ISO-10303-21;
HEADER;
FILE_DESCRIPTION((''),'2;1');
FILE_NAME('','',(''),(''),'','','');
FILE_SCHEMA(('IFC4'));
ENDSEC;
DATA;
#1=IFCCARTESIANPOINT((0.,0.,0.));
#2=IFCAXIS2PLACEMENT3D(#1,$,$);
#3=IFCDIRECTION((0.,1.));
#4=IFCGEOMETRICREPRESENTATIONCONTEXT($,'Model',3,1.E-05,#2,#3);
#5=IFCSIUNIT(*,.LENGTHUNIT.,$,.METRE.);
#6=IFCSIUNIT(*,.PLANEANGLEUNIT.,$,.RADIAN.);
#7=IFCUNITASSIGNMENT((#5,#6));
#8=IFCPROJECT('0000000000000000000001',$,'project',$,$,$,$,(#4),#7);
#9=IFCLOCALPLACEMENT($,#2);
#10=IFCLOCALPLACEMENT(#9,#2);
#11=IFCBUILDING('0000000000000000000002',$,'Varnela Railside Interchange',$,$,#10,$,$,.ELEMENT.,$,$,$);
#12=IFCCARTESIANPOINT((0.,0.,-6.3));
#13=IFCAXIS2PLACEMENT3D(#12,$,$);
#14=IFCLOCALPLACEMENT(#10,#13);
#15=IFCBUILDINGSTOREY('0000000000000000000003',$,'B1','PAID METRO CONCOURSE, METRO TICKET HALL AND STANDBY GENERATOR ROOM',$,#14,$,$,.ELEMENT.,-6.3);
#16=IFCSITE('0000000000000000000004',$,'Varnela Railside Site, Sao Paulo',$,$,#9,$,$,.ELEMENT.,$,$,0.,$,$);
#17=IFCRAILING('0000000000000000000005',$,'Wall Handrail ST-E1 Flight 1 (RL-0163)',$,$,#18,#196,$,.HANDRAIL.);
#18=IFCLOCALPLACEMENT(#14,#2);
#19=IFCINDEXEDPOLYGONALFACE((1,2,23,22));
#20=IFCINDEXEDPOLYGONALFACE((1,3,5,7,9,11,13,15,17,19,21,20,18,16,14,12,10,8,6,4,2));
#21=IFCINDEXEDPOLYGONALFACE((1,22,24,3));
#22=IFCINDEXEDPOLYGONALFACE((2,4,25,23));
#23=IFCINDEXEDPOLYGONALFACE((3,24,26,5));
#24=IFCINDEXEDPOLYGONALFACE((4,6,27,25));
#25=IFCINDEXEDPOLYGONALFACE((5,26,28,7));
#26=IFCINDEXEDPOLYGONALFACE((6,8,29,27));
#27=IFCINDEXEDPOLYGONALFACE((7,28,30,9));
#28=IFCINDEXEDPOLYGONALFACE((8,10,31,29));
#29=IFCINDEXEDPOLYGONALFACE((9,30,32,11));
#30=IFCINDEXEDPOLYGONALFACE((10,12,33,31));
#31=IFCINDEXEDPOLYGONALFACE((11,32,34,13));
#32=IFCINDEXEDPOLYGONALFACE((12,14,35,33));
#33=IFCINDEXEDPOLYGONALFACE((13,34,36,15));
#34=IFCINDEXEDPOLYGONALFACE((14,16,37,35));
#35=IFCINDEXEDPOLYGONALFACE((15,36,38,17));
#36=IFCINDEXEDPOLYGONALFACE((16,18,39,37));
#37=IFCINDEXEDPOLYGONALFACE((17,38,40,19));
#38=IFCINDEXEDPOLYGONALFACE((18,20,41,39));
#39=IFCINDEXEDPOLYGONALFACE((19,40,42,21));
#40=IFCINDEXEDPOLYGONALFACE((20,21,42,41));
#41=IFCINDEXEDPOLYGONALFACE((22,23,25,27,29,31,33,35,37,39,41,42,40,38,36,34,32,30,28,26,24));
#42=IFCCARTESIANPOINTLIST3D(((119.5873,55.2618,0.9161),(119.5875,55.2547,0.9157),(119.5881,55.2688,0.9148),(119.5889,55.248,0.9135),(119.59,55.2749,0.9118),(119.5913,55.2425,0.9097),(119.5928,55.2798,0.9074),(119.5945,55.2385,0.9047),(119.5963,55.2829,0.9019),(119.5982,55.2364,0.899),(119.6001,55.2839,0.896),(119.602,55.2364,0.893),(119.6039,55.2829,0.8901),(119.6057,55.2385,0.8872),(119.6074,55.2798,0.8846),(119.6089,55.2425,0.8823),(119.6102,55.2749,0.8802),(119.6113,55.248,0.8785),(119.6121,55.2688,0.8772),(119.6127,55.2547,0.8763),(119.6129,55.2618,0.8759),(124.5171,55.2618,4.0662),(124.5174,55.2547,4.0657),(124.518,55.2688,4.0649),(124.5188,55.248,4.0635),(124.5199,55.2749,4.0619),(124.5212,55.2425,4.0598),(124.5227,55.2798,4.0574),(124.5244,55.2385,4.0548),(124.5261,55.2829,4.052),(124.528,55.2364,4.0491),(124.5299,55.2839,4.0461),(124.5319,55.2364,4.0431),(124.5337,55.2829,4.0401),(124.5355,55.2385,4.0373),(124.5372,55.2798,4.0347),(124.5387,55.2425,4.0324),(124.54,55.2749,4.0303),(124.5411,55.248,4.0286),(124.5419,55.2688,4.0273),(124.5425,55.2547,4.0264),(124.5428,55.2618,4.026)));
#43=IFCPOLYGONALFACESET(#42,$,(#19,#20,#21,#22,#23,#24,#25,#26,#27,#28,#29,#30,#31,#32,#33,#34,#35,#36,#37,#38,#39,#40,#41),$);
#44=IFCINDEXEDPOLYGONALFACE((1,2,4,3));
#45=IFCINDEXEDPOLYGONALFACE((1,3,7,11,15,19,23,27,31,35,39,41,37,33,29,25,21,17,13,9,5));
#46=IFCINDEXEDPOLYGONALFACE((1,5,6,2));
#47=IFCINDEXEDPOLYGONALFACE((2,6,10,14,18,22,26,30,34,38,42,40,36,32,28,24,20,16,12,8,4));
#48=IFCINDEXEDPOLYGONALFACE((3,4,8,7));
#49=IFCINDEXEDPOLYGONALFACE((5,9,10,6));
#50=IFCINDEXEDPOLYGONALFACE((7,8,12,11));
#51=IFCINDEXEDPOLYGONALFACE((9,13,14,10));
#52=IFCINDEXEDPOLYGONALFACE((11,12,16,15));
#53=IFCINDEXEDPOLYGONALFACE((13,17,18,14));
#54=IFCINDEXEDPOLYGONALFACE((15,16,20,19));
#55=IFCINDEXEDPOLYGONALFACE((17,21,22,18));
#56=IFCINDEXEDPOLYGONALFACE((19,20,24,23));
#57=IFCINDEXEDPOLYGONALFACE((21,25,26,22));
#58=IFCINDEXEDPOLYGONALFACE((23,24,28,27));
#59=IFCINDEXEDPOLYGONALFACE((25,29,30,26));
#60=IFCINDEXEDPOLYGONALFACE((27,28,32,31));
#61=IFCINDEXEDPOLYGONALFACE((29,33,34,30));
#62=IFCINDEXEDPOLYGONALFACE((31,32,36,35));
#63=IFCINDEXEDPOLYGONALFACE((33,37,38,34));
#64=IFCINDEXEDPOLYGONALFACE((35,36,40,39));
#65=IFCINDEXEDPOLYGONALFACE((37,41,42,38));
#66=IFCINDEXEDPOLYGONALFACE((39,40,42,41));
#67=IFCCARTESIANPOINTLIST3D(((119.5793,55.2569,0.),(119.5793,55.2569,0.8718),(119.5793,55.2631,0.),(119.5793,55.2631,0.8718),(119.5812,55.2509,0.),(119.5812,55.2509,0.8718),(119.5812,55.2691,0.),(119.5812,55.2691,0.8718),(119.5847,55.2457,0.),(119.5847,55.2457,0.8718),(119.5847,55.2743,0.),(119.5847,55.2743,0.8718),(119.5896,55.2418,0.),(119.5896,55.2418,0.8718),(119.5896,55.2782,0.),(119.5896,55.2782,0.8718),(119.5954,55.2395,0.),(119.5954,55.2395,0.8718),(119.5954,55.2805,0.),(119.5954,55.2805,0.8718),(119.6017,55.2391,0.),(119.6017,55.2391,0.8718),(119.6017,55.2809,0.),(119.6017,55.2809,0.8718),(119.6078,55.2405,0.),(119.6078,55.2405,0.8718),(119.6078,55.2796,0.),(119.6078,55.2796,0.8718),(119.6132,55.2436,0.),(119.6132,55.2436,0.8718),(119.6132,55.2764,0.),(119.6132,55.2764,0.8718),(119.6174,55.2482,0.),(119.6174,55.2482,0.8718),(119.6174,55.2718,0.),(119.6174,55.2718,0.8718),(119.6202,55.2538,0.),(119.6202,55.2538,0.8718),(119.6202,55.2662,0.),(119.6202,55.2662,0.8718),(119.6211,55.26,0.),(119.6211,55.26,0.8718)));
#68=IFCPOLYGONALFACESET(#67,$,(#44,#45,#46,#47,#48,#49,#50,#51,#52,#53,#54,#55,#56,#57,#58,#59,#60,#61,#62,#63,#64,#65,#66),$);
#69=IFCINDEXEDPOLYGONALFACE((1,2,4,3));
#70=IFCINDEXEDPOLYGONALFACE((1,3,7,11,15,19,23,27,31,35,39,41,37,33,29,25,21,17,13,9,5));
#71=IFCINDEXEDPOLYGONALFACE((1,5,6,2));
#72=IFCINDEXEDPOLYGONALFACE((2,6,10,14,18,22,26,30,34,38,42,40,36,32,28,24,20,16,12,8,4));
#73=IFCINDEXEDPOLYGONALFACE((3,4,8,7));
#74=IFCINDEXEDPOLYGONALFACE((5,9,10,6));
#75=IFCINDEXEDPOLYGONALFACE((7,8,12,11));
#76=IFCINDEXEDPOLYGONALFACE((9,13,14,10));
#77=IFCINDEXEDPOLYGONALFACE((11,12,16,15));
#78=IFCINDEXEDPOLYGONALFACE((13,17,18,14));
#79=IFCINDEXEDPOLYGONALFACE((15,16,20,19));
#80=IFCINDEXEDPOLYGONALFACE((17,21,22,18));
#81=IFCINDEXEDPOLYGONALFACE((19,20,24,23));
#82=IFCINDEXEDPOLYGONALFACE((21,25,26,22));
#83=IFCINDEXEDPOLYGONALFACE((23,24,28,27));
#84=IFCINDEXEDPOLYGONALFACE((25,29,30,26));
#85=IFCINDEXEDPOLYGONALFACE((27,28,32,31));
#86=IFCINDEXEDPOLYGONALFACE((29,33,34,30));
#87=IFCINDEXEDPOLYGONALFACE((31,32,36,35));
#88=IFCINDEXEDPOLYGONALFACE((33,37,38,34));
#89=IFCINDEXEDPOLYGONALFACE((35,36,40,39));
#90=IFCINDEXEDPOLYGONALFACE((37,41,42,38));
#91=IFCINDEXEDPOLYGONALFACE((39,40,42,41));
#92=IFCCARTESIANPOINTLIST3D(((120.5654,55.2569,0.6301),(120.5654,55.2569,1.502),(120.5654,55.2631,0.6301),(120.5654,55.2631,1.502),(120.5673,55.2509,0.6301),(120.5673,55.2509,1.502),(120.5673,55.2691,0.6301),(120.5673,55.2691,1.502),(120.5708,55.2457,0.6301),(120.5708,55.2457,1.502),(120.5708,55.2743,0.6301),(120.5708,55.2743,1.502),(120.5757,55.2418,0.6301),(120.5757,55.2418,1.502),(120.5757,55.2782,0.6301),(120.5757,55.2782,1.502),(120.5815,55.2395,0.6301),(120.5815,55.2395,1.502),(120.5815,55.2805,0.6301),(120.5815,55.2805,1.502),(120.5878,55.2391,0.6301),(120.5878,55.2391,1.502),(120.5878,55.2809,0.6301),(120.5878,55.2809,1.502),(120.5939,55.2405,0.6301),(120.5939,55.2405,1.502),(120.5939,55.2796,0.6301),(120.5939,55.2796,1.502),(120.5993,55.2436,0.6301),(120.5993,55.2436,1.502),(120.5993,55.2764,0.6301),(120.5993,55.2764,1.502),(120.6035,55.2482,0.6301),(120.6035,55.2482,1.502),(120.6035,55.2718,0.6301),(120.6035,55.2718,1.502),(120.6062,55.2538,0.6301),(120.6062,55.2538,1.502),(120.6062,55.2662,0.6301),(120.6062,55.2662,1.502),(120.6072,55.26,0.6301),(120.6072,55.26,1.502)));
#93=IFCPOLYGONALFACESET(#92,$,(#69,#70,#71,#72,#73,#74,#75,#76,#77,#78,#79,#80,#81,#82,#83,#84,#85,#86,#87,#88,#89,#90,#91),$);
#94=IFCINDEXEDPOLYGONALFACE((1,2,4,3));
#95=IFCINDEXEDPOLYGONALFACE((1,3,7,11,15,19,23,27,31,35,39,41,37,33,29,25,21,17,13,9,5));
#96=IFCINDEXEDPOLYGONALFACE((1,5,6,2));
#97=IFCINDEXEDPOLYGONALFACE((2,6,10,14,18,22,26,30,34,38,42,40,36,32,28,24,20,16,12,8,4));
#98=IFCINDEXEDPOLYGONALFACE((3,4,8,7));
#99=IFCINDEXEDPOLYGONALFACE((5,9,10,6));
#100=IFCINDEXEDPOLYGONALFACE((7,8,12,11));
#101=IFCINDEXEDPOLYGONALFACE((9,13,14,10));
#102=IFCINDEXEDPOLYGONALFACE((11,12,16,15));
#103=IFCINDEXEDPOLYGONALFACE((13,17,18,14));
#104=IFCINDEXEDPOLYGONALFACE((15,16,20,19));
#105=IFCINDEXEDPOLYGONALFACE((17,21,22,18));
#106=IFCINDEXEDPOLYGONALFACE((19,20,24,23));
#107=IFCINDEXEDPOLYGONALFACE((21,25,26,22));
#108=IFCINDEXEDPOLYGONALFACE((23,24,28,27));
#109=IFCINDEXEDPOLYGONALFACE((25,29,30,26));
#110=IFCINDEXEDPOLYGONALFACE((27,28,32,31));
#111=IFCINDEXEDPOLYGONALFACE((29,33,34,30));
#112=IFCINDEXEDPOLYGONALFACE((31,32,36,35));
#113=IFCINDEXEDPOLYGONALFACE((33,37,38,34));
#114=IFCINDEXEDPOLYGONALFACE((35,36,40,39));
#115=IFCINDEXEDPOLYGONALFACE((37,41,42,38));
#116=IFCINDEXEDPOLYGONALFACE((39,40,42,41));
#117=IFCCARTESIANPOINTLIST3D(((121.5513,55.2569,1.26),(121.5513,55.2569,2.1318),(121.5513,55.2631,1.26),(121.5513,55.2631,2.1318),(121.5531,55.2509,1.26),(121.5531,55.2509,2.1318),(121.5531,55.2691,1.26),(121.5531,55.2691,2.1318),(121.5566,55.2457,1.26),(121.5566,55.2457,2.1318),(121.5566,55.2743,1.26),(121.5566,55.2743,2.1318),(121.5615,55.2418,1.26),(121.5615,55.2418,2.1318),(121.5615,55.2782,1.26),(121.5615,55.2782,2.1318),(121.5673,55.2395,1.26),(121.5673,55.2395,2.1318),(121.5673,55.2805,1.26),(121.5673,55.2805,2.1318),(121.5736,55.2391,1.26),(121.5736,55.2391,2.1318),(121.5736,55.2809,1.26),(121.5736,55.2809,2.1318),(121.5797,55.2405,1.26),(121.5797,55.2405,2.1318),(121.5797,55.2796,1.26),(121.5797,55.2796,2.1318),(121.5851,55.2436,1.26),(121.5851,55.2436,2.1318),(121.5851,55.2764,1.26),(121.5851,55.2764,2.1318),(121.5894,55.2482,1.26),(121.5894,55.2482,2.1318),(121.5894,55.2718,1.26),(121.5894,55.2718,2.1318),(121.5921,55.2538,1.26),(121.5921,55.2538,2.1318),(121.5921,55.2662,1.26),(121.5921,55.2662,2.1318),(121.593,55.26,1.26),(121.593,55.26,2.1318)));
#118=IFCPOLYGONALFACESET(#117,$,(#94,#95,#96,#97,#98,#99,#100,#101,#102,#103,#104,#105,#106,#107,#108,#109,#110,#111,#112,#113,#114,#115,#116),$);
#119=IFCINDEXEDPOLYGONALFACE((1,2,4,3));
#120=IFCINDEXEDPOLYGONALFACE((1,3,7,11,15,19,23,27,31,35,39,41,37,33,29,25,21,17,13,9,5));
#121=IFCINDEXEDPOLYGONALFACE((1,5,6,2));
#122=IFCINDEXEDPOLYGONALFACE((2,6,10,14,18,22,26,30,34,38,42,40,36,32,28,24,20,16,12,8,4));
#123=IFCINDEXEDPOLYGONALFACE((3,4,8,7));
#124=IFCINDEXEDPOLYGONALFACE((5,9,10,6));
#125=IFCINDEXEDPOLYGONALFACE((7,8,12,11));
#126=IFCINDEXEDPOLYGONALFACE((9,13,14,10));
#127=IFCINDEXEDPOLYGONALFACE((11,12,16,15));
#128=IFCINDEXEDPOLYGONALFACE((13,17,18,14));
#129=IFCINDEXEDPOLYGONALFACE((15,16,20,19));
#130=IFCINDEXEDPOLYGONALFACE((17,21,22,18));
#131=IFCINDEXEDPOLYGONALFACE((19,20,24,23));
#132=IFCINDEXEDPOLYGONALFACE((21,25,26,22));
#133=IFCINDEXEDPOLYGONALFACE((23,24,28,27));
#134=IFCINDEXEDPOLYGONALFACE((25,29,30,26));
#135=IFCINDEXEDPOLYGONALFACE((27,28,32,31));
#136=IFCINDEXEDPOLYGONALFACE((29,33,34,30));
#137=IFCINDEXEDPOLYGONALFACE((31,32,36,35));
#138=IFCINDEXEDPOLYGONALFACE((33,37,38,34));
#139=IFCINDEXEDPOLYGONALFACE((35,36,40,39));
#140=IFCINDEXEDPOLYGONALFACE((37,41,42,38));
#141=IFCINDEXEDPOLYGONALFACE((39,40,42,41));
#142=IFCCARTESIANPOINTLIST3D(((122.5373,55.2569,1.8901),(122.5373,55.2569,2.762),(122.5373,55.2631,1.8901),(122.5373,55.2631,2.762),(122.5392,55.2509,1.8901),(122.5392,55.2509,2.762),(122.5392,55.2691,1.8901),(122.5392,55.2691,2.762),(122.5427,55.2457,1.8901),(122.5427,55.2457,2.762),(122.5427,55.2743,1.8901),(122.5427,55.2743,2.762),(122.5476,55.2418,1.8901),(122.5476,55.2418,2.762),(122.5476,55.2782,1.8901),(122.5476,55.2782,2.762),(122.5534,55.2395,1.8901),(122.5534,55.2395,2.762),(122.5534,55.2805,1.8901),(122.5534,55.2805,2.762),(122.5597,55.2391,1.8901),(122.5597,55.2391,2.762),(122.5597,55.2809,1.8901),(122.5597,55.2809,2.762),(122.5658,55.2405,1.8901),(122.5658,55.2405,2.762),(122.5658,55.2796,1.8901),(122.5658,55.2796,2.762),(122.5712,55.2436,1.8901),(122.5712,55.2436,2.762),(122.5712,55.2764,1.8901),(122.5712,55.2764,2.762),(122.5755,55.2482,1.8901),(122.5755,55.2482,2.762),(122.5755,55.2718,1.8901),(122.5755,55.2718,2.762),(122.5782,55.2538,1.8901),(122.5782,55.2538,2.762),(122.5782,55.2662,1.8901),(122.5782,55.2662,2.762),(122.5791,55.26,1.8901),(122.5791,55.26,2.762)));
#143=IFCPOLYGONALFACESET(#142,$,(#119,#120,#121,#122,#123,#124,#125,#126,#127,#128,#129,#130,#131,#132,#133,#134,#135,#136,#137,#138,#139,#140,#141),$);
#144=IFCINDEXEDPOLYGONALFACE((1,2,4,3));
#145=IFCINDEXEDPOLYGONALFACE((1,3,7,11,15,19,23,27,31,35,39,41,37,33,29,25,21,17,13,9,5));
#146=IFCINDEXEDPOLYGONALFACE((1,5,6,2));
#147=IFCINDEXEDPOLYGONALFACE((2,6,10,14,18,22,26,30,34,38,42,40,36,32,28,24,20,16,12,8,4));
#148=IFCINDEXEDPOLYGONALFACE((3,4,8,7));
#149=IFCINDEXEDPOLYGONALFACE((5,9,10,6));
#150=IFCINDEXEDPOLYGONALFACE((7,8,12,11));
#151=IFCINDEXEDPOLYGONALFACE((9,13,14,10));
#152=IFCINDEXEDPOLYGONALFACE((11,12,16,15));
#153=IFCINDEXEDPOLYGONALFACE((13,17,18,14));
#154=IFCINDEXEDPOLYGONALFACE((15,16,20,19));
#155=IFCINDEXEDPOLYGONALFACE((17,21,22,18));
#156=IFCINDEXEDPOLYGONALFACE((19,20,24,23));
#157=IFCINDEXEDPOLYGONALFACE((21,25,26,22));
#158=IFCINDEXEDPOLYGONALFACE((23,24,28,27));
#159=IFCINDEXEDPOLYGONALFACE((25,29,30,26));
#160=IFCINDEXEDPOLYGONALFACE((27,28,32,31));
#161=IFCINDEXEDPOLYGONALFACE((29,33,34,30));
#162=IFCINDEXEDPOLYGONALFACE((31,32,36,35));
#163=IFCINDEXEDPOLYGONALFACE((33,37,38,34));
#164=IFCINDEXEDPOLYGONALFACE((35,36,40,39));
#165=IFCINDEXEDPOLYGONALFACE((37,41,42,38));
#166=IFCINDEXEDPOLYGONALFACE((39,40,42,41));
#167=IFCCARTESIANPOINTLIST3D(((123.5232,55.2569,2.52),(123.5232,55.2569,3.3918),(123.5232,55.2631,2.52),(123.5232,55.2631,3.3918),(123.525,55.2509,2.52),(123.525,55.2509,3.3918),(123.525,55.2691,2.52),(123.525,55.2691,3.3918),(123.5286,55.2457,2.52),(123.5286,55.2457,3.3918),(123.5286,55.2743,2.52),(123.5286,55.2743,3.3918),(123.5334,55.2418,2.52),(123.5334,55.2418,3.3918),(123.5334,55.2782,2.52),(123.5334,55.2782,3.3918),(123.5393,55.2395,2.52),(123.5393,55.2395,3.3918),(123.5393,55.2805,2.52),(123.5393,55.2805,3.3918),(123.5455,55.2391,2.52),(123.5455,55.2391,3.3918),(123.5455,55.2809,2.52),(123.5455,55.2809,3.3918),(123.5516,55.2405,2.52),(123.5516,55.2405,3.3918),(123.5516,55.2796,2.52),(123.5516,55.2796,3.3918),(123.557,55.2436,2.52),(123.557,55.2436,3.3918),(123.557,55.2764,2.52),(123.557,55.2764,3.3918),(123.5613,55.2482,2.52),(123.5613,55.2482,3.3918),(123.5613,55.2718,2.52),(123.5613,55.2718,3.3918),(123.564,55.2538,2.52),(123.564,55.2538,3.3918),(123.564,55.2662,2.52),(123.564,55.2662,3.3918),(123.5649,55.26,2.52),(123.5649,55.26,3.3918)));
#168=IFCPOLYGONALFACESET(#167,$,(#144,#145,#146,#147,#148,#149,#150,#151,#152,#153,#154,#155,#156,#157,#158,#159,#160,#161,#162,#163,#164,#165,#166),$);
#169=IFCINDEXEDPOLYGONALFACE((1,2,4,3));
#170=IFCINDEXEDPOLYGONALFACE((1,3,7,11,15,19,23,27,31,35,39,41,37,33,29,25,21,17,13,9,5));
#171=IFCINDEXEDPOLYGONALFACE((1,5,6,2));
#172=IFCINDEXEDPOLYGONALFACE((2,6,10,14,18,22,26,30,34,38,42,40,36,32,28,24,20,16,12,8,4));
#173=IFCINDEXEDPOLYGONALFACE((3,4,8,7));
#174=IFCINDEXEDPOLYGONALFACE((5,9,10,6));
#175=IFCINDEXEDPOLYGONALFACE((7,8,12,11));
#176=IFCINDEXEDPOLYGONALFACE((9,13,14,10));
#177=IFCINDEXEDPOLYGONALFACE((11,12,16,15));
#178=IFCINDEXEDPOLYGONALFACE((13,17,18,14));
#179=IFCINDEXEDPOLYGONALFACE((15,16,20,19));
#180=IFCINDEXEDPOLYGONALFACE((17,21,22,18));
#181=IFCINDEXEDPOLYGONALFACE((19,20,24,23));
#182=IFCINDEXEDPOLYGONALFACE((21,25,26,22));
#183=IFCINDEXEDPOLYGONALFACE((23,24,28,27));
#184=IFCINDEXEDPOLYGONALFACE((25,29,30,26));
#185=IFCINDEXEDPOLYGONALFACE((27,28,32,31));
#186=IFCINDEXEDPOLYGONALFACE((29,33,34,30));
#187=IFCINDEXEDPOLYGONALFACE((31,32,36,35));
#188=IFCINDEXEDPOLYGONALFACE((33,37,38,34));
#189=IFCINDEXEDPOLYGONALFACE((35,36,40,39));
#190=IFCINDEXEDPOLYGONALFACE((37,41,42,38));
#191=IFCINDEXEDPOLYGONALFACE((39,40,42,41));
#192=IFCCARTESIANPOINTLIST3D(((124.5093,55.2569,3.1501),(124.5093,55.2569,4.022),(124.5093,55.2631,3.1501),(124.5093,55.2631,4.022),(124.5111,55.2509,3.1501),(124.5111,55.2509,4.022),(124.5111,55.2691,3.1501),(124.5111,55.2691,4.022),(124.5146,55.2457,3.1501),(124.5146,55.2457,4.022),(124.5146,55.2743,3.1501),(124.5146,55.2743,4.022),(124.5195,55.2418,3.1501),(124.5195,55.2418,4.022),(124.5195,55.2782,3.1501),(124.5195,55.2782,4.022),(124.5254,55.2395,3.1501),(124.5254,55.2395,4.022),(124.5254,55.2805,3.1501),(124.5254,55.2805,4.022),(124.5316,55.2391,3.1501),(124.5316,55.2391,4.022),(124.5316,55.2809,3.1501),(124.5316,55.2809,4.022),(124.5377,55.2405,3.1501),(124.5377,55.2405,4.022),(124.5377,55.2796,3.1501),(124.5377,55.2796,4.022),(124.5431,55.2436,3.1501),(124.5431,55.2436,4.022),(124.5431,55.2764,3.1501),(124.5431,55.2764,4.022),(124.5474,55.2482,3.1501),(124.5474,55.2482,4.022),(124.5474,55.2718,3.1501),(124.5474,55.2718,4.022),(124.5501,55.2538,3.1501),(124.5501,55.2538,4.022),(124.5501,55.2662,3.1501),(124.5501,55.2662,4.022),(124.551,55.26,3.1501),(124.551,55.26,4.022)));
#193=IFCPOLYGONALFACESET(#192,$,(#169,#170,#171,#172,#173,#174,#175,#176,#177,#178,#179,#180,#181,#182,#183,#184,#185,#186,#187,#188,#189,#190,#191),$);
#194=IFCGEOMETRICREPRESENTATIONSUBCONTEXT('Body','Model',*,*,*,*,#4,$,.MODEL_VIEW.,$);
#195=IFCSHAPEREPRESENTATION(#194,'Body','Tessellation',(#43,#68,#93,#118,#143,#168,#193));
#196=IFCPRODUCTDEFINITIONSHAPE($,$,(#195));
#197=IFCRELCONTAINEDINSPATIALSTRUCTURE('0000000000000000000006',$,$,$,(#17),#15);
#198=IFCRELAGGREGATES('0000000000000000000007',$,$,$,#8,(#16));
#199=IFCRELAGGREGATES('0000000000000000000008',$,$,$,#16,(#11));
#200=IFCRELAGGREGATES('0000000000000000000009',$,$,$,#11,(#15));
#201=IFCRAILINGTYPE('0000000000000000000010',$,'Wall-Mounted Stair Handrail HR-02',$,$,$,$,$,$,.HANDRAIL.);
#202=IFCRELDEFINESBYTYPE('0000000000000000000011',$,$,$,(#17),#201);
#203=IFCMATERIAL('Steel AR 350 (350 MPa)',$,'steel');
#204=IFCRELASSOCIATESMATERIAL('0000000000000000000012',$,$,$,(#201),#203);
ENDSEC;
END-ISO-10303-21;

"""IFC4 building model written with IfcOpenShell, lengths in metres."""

from ifc_helpers import new_model, si_unit, direction, frame, origin, origin_2d, place, context, subcontext, project, spatial, circle, extrude, material, type_object, element, save


model = new_model("IFC4")

# Units and contexts
model_context = context("Model", 3, precision=1e-05, world=origin(), true_north=direction((0.0, 1.0)))
body_context = subcontext(model_context, "Body", "Model", "MODEL_VIEW")
ifc_project = project(units=[si_unit("LENGTHUNIT", "METRE"), si_unit("PLANEANGLEUNIT", "RADIAN")], contexts=[model_context])

# Site, building, storey
site_placement = place(None, origin())
site = spatial("IfcSite", under=ifc_project, at=site_placement, Name="Varnela Railside Site, Sao Paulo", CompositionType="ELEMENT", RefElevation=0.0)
building_placement = place(site_placement, origin())
building = spatial("IfcBuilding", under=site, at=building_placement, Name="Varnela Railside Interchange", CompositionType="ELEMENT")
storey_placement = place(building_placement, frame((0.0, 0.0, -6.3)))
storey = spatial("IfcBuildingStorey", under=building, at=storey_placement, Name="B1", Description="PAID METRO CONCOURSE, METRO TICKET HALL AND STANDBY GENERATOR ROOM", CompositionType="ELEMENT", Elevation=-6.3)

# Railing
ifc_material_1 = material(Name="Steel AR 350 (350 MPa)", Category="steel")
railing_type_1 = type_object("IfcRailingType", Name="Wall-Mounted Stair Handrail HR-02", PredefinedType="HANDRAIL", material=ifc_material_1)
railing_1_placement = place(storey_placement, frame((119.6001, 55.26, 0.0)))
element("IfcRailing", 1, at=railing_1_placement, inside=storey, type_object=railing_type_1, Name="Wall Handrail ST-E1 Flight 1 (RL-0163)", PredefinedType="HANDRAIL", context=body_context, shape_type="SweptSolid", body=[
    extrude(circle(Radius=0.0239, at=origin_2d()), frame((0.0, 0.0, 0.896), z_axis=(0.84266, 0.0, 0.538446), x_axis=(0.0, 1.0, 0.0)), (0.0, 0.0, 1.0), 5.8503),
    extrude(circle(Radius=0.021, at=origin_2d()), origin(), (0.0, 0.0, 1.0), 0.8718),
    extrude(circle(Radius=0.021, at=origin_2d()), frame((0.9861, 0.0, 0.6301)), (0.0, 0.0, 1.0), 0.8718),
    extrude(circle(Radius=0.021, at=origin_2d()), frame((1.9719, 0.0, 1.26)), (0.0, 0.0, 1.0), 0.8718),
    extrude(circle(Radius=0.021, at=origin_2d()), frame((2.958, 0.0, 1.8901)), (0.0, 0.0, 1.0), 0.8718),
    extrude(circle(Radius=0.021, at=origin_2d()), frame((3.9438, 0.0, 2.52)), (0.0, 0.0, 1.0), 0.8718),
    extrude(circle(Radius=0.021, at=origin_2d()), frame((4.9299, 0.0, 3.1501)), (0.0, 0.0, 1.0), 0.8718),
])

save(model, "model.ifc")
